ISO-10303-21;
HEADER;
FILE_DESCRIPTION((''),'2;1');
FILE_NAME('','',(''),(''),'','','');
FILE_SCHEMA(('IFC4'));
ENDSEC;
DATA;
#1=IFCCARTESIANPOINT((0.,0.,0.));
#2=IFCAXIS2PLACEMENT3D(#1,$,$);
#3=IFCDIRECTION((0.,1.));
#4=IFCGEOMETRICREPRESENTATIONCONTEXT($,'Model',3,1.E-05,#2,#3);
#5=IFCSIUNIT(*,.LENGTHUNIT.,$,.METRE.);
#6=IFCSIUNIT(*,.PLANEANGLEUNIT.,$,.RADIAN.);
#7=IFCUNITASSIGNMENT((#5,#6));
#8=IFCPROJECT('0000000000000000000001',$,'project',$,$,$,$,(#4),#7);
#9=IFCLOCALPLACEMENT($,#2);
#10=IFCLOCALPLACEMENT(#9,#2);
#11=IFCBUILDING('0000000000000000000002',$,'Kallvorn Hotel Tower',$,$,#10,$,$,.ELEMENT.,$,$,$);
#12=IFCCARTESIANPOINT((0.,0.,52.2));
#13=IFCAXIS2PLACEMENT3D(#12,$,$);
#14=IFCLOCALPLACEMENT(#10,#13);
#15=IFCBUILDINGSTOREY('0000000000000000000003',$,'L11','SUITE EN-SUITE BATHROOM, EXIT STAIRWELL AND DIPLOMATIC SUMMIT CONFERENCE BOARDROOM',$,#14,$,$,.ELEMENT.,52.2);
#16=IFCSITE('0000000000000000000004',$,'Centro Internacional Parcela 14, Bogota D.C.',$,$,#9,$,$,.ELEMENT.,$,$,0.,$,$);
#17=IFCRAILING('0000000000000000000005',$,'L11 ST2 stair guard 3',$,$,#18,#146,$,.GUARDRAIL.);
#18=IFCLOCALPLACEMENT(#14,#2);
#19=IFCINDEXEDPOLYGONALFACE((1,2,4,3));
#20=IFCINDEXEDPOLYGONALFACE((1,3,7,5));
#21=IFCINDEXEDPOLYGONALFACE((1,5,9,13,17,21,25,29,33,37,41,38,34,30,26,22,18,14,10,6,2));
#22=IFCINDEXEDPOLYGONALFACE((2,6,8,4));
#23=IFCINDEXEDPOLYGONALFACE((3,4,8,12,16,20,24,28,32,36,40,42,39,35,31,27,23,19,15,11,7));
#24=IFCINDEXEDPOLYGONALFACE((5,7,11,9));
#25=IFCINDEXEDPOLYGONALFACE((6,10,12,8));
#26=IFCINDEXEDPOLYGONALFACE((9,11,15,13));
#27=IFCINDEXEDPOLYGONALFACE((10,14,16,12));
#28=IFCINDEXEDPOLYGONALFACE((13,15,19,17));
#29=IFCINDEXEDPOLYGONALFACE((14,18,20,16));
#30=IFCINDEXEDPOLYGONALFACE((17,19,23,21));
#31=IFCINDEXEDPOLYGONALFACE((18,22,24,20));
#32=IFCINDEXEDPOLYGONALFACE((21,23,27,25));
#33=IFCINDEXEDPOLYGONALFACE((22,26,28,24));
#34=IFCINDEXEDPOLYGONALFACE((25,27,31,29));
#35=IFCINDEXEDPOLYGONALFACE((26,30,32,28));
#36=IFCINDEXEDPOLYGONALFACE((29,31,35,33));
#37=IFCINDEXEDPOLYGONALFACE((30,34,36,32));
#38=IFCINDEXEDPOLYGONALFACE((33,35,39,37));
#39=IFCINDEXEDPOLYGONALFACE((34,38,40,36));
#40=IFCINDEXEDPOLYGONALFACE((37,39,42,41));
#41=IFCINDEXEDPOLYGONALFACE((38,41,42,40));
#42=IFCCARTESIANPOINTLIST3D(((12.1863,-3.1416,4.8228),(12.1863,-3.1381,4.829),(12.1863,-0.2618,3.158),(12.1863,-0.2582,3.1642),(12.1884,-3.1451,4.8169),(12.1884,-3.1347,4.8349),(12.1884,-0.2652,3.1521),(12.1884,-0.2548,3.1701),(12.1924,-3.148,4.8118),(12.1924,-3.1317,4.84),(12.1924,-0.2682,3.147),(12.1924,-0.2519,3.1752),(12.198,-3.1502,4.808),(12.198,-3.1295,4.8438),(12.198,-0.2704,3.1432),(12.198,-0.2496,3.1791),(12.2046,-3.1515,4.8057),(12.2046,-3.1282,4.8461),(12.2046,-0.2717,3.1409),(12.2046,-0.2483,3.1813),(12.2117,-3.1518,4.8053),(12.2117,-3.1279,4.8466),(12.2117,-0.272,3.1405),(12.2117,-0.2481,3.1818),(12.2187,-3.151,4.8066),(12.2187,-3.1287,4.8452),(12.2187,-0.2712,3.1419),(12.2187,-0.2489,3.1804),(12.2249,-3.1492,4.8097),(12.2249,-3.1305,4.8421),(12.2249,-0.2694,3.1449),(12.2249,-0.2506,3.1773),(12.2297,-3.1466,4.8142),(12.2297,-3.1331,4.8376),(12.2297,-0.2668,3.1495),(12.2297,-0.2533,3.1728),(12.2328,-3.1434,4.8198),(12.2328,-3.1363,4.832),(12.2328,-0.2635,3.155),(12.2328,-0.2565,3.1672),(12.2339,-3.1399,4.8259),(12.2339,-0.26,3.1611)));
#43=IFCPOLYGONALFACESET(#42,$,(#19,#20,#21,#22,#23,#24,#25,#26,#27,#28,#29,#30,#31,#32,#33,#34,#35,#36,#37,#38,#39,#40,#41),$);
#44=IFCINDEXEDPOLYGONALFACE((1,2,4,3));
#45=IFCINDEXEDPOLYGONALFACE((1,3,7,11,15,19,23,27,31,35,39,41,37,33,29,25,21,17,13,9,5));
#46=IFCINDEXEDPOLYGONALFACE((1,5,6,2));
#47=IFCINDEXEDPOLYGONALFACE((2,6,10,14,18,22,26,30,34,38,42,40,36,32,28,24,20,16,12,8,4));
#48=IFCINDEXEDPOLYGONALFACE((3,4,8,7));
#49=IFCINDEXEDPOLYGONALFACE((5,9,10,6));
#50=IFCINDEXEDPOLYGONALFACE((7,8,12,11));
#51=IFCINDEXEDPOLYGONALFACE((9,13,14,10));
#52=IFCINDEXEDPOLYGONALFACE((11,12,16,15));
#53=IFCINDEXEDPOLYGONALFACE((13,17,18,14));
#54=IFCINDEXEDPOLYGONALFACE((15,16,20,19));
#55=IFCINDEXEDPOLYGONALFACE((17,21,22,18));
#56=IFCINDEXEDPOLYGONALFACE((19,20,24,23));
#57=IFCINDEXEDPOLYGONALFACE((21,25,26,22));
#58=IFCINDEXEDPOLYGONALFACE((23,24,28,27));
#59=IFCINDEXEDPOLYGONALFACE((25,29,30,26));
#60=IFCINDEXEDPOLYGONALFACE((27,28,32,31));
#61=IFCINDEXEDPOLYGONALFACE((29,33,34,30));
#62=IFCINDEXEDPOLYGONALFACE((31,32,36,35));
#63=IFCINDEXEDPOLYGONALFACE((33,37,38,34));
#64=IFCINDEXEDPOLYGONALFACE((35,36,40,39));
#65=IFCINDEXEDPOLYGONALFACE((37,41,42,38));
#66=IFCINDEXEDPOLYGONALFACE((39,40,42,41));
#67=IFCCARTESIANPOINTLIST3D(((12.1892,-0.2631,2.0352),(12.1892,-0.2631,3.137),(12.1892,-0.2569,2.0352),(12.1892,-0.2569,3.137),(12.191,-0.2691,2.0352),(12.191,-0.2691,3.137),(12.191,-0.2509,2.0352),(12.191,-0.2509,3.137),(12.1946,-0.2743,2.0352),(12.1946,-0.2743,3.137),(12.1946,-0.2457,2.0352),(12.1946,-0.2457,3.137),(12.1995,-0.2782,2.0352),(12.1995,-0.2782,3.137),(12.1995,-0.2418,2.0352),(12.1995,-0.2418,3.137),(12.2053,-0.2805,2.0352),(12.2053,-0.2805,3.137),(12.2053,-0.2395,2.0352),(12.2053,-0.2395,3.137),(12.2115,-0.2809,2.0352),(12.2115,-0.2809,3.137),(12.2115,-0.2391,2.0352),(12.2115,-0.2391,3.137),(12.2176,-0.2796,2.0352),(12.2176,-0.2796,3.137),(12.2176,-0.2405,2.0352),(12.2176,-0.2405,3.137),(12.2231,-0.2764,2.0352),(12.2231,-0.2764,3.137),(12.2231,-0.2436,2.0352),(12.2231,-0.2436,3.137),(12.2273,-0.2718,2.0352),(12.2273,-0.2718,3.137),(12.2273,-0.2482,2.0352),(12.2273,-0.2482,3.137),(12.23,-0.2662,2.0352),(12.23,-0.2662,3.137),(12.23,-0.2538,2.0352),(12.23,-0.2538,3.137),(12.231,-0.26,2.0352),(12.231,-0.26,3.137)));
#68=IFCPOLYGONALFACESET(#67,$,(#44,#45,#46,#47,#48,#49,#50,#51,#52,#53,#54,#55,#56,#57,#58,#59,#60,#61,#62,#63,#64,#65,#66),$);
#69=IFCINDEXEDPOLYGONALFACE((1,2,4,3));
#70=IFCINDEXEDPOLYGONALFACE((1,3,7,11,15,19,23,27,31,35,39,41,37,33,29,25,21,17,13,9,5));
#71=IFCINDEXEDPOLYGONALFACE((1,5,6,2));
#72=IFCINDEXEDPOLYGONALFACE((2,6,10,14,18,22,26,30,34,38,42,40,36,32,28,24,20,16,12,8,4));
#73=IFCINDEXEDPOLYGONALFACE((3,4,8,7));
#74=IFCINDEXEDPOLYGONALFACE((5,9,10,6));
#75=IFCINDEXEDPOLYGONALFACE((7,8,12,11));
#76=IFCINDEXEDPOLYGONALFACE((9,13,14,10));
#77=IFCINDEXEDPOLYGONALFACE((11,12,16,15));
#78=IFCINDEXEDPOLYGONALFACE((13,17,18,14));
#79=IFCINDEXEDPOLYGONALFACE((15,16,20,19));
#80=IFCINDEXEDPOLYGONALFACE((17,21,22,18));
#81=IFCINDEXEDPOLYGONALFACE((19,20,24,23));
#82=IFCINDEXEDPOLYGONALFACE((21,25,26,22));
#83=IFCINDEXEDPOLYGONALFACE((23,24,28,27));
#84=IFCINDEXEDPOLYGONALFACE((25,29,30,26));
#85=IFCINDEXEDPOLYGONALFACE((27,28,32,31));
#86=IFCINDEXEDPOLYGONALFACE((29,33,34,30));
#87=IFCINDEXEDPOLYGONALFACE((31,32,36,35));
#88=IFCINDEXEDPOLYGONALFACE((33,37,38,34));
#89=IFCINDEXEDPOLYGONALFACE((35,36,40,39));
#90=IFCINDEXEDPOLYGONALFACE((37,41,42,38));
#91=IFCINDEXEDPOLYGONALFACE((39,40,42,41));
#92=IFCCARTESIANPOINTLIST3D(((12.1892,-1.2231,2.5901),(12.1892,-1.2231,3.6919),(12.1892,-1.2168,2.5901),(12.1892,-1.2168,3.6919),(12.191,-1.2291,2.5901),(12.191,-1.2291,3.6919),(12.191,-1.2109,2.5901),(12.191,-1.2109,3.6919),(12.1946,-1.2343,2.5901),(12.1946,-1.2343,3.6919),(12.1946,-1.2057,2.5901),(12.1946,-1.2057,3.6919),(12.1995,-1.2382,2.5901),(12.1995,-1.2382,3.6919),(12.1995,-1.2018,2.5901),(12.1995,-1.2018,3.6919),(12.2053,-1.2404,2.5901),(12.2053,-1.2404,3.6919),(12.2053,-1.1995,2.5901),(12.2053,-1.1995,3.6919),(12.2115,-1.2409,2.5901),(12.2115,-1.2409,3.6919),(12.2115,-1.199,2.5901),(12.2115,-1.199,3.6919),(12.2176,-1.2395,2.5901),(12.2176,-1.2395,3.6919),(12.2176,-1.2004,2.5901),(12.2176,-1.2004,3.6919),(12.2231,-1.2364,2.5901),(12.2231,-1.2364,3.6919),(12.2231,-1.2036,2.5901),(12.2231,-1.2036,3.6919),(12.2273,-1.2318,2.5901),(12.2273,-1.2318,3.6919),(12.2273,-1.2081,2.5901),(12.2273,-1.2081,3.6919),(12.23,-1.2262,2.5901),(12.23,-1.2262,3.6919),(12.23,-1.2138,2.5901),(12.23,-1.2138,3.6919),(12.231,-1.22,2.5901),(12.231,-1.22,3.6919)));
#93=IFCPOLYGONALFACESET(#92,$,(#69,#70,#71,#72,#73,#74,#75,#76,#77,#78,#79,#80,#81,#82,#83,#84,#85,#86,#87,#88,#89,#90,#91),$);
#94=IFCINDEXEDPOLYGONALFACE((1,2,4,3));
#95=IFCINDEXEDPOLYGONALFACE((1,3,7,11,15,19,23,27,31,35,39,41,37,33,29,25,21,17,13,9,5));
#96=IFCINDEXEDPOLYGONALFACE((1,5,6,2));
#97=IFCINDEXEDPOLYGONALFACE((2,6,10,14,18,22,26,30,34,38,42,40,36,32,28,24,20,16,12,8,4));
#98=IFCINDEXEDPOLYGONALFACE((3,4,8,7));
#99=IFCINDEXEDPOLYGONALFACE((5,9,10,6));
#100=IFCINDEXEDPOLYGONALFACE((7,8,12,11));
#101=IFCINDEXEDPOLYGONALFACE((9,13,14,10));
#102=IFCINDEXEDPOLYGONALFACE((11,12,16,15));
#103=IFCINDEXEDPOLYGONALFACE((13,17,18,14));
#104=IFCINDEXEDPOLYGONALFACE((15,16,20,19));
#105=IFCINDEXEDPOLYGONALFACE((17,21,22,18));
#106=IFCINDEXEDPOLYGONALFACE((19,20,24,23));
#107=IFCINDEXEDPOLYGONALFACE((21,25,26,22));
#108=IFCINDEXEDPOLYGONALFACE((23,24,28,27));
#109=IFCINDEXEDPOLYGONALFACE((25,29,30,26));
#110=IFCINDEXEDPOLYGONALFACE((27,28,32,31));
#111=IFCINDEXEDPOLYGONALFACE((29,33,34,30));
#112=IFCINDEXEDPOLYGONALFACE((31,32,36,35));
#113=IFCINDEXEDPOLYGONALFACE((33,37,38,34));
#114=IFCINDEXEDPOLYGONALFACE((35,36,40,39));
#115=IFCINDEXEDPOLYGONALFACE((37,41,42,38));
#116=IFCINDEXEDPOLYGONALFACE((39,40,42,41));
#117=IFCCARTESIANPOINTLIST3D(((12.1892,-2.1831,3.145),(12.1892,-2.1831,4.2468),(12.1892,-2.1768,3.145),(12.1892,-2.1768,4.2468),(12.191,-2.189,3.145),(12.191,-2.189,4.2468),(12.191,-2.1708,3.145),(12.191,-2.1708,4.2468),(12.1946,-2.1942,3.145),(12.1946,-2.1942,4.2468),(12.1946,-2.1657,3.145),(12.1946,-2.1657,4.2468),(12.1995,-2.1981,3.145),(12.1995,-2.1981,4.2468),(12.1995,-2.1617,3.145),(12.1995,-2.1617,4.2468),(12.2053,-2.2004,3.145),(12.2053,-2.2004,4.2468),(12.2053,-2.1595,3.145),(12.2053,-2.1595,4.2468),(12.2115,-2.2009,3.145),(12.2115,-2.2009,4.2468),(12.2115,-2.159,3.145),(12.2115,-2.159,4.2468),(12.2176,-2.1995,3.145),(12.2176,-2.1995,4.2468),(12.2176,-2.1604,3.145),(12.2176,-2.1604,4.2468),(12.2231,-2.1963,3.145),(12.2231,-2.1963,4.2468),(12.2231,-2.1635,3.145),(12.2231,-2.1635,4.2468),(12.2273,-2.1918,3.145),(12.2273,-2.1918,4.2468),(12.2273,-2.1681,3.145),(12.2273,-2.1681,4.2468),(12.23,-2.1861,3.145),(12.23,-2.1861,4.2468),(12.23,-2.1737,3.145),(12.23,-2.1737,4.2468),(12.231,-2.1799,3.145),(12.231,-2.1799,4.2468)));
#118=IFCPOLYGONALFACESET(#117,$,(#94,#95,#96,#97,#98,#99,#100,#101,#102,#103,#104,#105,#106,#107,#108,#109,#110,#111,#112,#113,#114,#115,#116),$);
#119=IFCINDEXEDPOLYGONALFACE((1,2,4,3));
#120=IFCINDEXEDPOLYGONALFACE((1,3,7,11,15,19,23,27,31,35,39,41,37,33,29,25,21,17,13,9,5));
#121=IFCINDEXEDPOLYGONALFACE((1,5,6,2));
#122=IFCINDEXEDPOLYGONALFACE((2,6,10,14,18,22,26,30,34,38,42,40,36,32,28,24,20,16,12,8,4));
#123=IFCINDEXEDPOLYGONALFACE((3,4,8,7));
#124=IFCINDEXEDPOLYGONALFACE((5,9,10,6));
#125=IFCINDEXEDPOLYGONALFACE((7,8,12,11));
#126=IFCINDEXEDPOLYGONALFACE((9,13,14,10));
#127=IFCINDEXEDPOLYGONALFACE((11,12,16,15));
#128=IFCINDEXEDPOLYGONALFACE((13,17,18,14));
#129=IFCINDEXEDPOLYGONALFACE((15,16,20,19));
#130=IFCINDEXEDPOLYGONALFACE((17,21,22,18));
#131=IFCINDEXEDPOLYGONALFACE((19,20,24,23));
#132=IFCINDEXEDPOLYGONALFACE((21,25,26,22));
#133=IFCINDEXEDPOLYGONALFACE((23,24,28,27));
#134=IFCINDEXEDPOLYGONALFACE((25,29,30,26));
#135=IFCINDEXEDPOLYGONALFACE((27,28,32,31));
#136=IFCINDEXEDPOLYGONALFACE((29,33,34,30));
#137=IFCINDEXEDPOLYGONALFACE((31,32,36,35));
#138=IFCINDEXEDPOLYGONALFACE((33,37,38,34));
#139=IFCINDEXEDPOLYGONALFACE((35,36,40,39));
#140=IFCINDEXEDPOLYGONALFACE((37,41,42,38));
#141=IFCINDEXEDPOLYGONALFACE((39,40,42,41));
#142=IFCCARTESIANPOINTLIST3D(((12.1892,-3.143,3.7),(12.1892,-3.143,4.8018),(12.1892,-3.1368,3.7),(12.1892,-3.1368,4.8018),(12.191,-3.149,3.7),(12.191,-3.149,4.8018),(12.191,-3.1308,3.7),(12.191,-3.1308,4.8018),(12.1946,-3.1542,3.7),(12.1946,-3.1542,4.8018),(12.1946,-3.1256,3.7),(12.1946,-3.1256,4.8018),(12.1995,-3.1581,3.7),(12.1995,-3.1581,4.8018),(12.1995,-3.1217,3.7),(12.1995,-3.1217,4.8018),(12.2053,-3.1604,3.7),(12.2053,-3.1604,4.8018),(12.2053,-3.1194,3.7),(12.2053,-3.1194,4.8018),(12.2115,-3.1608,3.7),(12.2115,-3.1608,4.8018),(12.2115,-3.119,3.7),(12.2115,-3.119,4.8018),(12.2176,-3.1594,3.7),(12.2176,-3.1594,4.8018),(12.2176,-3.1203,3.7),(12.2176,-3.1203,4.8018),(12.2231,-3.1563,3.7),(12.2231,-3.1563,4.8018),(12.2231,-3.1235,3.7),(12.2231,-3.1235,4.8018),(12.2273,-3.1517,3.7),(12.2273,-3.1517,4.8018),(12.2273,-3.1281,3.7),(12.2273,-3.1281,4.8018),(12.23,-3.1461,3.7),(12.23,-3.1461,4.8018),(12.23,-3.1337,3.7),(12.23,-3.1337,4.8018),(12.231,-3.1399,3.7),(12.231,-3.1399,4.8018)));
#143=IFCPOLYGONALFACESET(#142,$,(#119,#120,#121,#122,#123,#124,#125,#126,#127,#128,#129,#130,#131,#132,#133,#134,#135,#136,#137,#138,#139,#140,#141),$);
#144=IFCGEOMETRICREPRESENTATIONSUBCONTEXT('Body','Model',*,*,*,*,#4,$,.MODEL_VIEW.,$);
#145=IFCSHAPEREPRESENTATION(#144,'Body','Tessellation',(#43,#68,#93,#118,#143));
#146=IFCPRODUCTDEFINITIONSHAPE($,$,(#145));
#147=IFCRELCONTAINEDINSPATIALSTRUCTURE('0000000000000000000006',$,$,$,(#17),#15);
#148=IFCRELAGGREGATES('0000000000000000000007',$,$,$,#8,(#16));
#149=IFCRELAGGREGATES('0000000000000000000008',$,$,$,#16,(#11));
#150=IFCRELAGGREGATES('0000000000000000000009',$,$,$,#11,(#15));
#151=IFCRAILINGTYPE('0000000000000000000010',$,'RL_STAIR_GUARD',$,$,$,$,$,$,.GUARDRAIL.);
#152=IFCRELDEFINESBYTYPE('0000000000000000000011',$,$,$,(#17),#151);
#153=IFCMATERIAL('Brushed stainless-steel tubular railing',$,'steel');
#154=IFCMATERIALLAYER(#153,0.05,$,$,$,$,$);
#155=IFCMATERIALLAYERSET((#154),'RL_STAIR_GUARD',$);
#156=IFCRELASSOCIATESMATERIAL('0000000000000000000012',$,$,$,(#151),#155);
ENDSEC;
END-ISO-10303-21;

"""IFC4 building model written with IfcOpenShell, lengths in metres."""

from ifc_helpers import new_model, si_unit, direction, frame, origin, origin_2d, place, context, subcontext, project, spatial, circle, extrude, material, layer, layer_set, type_object, element, save


model = new_model("IFC4")

# Units and contexts
model_context = context("Model", 3, precision=1e-05, world=origin(), true_north=direction((0.0, 1.0)))
body_context = subcontext(model_context, "Body", "Model", "MODEL_VIEW")
ifc_project = project(units=[si_unit("LENGTHUNIT", "METRE"), si_unit("PLANEANGLEUNIT", "RADIAN")], contexts=[model_context])

# Site, building, storey
site_placement = place(None, origin())
site = spatial("IfcSite", under=ifc_project, at=site_placement, Name="Centro Internacional Parcela 14, Bogota D.C.", CompositionType="ELEMENT", RefElevation=0.0)
building_placement = place(site_placement, origin())
building = spatial("IfcBuilding", under=site, at=building_placement, Name="Kallvorn Hotel Tower", CompositionType="ELEMENT")
storey_placement = place(building_placement, frame((0.0, 0.0, 52.2)))
storey = spatial("IfcBuildingStorey", under=building, at=storey_placement, Name="L11", Description="SUITE EN-SUITE BATHROOM, EXIT STAIRWELL AND DIPLOMATIC SUMMIT CONFERENCE BOARDROOM", CompositionType="ELEMENT", Elevation=52.2)

# Railing
ifc_material_1 = material(Name="Brushed stainless-steel tubular railing", Category="steel")
ifc_layer_1 = layer(ifc_material_1, 0.05)
ifc_layer_set_1 = layer_set([ifc_layer_1], Name="RL_STAIR_GUARD")
railing_type = type_object("IfcRailingType", Name="RL_STAIR_GUARD", PredefinedType="GUARDRAIL", material=ifc_layer_set_1)
railing_1_placement = place(storey_placement, frame((12.21, -0.26, 2.0352)))
element("IfcRailing", 1, at=railing_1_placement, inside=storey, type_object=railing_type, Name="L11 ST2 stair guard 3", PredefinedType="GUARDRAIL", context=body_context, shape_type="SweptSolid", body=[
    extrude(circle(Radius=0.0239, at=origin_2d()), frame((0.0, 0.0, 1.126), z_axis=(0.0, -0.865753, 0.500472), x_axis=(1.0, 0.0, 0.0)), (0.0, 0.0, 1.0), 3.3264),
    extrude(circle(Radius=0.021, at=origin_2d()), origin(), (0.0, 0.0, 1.0), 1.1018),
    extrude(circle(Radius=0.021, at=origin_2d()), frame((0.0, -0.96, 0.5549)), (0.0, 0.0, 1.0), 1.1018),
    extrude(circle(Radius=0.021, at=origin_2d()), frame((0.0, -1.9199, 1.1099)), (0.0, 0.0, 1.0), 1.1018),
    extrude(circle(Radius=0.021, at=origin_2d()), frame((0.0, -2.8799, 1.6648)), (0.0, 0.0, 1.0), 1.1018),
])

save(model, "model.ifc")
